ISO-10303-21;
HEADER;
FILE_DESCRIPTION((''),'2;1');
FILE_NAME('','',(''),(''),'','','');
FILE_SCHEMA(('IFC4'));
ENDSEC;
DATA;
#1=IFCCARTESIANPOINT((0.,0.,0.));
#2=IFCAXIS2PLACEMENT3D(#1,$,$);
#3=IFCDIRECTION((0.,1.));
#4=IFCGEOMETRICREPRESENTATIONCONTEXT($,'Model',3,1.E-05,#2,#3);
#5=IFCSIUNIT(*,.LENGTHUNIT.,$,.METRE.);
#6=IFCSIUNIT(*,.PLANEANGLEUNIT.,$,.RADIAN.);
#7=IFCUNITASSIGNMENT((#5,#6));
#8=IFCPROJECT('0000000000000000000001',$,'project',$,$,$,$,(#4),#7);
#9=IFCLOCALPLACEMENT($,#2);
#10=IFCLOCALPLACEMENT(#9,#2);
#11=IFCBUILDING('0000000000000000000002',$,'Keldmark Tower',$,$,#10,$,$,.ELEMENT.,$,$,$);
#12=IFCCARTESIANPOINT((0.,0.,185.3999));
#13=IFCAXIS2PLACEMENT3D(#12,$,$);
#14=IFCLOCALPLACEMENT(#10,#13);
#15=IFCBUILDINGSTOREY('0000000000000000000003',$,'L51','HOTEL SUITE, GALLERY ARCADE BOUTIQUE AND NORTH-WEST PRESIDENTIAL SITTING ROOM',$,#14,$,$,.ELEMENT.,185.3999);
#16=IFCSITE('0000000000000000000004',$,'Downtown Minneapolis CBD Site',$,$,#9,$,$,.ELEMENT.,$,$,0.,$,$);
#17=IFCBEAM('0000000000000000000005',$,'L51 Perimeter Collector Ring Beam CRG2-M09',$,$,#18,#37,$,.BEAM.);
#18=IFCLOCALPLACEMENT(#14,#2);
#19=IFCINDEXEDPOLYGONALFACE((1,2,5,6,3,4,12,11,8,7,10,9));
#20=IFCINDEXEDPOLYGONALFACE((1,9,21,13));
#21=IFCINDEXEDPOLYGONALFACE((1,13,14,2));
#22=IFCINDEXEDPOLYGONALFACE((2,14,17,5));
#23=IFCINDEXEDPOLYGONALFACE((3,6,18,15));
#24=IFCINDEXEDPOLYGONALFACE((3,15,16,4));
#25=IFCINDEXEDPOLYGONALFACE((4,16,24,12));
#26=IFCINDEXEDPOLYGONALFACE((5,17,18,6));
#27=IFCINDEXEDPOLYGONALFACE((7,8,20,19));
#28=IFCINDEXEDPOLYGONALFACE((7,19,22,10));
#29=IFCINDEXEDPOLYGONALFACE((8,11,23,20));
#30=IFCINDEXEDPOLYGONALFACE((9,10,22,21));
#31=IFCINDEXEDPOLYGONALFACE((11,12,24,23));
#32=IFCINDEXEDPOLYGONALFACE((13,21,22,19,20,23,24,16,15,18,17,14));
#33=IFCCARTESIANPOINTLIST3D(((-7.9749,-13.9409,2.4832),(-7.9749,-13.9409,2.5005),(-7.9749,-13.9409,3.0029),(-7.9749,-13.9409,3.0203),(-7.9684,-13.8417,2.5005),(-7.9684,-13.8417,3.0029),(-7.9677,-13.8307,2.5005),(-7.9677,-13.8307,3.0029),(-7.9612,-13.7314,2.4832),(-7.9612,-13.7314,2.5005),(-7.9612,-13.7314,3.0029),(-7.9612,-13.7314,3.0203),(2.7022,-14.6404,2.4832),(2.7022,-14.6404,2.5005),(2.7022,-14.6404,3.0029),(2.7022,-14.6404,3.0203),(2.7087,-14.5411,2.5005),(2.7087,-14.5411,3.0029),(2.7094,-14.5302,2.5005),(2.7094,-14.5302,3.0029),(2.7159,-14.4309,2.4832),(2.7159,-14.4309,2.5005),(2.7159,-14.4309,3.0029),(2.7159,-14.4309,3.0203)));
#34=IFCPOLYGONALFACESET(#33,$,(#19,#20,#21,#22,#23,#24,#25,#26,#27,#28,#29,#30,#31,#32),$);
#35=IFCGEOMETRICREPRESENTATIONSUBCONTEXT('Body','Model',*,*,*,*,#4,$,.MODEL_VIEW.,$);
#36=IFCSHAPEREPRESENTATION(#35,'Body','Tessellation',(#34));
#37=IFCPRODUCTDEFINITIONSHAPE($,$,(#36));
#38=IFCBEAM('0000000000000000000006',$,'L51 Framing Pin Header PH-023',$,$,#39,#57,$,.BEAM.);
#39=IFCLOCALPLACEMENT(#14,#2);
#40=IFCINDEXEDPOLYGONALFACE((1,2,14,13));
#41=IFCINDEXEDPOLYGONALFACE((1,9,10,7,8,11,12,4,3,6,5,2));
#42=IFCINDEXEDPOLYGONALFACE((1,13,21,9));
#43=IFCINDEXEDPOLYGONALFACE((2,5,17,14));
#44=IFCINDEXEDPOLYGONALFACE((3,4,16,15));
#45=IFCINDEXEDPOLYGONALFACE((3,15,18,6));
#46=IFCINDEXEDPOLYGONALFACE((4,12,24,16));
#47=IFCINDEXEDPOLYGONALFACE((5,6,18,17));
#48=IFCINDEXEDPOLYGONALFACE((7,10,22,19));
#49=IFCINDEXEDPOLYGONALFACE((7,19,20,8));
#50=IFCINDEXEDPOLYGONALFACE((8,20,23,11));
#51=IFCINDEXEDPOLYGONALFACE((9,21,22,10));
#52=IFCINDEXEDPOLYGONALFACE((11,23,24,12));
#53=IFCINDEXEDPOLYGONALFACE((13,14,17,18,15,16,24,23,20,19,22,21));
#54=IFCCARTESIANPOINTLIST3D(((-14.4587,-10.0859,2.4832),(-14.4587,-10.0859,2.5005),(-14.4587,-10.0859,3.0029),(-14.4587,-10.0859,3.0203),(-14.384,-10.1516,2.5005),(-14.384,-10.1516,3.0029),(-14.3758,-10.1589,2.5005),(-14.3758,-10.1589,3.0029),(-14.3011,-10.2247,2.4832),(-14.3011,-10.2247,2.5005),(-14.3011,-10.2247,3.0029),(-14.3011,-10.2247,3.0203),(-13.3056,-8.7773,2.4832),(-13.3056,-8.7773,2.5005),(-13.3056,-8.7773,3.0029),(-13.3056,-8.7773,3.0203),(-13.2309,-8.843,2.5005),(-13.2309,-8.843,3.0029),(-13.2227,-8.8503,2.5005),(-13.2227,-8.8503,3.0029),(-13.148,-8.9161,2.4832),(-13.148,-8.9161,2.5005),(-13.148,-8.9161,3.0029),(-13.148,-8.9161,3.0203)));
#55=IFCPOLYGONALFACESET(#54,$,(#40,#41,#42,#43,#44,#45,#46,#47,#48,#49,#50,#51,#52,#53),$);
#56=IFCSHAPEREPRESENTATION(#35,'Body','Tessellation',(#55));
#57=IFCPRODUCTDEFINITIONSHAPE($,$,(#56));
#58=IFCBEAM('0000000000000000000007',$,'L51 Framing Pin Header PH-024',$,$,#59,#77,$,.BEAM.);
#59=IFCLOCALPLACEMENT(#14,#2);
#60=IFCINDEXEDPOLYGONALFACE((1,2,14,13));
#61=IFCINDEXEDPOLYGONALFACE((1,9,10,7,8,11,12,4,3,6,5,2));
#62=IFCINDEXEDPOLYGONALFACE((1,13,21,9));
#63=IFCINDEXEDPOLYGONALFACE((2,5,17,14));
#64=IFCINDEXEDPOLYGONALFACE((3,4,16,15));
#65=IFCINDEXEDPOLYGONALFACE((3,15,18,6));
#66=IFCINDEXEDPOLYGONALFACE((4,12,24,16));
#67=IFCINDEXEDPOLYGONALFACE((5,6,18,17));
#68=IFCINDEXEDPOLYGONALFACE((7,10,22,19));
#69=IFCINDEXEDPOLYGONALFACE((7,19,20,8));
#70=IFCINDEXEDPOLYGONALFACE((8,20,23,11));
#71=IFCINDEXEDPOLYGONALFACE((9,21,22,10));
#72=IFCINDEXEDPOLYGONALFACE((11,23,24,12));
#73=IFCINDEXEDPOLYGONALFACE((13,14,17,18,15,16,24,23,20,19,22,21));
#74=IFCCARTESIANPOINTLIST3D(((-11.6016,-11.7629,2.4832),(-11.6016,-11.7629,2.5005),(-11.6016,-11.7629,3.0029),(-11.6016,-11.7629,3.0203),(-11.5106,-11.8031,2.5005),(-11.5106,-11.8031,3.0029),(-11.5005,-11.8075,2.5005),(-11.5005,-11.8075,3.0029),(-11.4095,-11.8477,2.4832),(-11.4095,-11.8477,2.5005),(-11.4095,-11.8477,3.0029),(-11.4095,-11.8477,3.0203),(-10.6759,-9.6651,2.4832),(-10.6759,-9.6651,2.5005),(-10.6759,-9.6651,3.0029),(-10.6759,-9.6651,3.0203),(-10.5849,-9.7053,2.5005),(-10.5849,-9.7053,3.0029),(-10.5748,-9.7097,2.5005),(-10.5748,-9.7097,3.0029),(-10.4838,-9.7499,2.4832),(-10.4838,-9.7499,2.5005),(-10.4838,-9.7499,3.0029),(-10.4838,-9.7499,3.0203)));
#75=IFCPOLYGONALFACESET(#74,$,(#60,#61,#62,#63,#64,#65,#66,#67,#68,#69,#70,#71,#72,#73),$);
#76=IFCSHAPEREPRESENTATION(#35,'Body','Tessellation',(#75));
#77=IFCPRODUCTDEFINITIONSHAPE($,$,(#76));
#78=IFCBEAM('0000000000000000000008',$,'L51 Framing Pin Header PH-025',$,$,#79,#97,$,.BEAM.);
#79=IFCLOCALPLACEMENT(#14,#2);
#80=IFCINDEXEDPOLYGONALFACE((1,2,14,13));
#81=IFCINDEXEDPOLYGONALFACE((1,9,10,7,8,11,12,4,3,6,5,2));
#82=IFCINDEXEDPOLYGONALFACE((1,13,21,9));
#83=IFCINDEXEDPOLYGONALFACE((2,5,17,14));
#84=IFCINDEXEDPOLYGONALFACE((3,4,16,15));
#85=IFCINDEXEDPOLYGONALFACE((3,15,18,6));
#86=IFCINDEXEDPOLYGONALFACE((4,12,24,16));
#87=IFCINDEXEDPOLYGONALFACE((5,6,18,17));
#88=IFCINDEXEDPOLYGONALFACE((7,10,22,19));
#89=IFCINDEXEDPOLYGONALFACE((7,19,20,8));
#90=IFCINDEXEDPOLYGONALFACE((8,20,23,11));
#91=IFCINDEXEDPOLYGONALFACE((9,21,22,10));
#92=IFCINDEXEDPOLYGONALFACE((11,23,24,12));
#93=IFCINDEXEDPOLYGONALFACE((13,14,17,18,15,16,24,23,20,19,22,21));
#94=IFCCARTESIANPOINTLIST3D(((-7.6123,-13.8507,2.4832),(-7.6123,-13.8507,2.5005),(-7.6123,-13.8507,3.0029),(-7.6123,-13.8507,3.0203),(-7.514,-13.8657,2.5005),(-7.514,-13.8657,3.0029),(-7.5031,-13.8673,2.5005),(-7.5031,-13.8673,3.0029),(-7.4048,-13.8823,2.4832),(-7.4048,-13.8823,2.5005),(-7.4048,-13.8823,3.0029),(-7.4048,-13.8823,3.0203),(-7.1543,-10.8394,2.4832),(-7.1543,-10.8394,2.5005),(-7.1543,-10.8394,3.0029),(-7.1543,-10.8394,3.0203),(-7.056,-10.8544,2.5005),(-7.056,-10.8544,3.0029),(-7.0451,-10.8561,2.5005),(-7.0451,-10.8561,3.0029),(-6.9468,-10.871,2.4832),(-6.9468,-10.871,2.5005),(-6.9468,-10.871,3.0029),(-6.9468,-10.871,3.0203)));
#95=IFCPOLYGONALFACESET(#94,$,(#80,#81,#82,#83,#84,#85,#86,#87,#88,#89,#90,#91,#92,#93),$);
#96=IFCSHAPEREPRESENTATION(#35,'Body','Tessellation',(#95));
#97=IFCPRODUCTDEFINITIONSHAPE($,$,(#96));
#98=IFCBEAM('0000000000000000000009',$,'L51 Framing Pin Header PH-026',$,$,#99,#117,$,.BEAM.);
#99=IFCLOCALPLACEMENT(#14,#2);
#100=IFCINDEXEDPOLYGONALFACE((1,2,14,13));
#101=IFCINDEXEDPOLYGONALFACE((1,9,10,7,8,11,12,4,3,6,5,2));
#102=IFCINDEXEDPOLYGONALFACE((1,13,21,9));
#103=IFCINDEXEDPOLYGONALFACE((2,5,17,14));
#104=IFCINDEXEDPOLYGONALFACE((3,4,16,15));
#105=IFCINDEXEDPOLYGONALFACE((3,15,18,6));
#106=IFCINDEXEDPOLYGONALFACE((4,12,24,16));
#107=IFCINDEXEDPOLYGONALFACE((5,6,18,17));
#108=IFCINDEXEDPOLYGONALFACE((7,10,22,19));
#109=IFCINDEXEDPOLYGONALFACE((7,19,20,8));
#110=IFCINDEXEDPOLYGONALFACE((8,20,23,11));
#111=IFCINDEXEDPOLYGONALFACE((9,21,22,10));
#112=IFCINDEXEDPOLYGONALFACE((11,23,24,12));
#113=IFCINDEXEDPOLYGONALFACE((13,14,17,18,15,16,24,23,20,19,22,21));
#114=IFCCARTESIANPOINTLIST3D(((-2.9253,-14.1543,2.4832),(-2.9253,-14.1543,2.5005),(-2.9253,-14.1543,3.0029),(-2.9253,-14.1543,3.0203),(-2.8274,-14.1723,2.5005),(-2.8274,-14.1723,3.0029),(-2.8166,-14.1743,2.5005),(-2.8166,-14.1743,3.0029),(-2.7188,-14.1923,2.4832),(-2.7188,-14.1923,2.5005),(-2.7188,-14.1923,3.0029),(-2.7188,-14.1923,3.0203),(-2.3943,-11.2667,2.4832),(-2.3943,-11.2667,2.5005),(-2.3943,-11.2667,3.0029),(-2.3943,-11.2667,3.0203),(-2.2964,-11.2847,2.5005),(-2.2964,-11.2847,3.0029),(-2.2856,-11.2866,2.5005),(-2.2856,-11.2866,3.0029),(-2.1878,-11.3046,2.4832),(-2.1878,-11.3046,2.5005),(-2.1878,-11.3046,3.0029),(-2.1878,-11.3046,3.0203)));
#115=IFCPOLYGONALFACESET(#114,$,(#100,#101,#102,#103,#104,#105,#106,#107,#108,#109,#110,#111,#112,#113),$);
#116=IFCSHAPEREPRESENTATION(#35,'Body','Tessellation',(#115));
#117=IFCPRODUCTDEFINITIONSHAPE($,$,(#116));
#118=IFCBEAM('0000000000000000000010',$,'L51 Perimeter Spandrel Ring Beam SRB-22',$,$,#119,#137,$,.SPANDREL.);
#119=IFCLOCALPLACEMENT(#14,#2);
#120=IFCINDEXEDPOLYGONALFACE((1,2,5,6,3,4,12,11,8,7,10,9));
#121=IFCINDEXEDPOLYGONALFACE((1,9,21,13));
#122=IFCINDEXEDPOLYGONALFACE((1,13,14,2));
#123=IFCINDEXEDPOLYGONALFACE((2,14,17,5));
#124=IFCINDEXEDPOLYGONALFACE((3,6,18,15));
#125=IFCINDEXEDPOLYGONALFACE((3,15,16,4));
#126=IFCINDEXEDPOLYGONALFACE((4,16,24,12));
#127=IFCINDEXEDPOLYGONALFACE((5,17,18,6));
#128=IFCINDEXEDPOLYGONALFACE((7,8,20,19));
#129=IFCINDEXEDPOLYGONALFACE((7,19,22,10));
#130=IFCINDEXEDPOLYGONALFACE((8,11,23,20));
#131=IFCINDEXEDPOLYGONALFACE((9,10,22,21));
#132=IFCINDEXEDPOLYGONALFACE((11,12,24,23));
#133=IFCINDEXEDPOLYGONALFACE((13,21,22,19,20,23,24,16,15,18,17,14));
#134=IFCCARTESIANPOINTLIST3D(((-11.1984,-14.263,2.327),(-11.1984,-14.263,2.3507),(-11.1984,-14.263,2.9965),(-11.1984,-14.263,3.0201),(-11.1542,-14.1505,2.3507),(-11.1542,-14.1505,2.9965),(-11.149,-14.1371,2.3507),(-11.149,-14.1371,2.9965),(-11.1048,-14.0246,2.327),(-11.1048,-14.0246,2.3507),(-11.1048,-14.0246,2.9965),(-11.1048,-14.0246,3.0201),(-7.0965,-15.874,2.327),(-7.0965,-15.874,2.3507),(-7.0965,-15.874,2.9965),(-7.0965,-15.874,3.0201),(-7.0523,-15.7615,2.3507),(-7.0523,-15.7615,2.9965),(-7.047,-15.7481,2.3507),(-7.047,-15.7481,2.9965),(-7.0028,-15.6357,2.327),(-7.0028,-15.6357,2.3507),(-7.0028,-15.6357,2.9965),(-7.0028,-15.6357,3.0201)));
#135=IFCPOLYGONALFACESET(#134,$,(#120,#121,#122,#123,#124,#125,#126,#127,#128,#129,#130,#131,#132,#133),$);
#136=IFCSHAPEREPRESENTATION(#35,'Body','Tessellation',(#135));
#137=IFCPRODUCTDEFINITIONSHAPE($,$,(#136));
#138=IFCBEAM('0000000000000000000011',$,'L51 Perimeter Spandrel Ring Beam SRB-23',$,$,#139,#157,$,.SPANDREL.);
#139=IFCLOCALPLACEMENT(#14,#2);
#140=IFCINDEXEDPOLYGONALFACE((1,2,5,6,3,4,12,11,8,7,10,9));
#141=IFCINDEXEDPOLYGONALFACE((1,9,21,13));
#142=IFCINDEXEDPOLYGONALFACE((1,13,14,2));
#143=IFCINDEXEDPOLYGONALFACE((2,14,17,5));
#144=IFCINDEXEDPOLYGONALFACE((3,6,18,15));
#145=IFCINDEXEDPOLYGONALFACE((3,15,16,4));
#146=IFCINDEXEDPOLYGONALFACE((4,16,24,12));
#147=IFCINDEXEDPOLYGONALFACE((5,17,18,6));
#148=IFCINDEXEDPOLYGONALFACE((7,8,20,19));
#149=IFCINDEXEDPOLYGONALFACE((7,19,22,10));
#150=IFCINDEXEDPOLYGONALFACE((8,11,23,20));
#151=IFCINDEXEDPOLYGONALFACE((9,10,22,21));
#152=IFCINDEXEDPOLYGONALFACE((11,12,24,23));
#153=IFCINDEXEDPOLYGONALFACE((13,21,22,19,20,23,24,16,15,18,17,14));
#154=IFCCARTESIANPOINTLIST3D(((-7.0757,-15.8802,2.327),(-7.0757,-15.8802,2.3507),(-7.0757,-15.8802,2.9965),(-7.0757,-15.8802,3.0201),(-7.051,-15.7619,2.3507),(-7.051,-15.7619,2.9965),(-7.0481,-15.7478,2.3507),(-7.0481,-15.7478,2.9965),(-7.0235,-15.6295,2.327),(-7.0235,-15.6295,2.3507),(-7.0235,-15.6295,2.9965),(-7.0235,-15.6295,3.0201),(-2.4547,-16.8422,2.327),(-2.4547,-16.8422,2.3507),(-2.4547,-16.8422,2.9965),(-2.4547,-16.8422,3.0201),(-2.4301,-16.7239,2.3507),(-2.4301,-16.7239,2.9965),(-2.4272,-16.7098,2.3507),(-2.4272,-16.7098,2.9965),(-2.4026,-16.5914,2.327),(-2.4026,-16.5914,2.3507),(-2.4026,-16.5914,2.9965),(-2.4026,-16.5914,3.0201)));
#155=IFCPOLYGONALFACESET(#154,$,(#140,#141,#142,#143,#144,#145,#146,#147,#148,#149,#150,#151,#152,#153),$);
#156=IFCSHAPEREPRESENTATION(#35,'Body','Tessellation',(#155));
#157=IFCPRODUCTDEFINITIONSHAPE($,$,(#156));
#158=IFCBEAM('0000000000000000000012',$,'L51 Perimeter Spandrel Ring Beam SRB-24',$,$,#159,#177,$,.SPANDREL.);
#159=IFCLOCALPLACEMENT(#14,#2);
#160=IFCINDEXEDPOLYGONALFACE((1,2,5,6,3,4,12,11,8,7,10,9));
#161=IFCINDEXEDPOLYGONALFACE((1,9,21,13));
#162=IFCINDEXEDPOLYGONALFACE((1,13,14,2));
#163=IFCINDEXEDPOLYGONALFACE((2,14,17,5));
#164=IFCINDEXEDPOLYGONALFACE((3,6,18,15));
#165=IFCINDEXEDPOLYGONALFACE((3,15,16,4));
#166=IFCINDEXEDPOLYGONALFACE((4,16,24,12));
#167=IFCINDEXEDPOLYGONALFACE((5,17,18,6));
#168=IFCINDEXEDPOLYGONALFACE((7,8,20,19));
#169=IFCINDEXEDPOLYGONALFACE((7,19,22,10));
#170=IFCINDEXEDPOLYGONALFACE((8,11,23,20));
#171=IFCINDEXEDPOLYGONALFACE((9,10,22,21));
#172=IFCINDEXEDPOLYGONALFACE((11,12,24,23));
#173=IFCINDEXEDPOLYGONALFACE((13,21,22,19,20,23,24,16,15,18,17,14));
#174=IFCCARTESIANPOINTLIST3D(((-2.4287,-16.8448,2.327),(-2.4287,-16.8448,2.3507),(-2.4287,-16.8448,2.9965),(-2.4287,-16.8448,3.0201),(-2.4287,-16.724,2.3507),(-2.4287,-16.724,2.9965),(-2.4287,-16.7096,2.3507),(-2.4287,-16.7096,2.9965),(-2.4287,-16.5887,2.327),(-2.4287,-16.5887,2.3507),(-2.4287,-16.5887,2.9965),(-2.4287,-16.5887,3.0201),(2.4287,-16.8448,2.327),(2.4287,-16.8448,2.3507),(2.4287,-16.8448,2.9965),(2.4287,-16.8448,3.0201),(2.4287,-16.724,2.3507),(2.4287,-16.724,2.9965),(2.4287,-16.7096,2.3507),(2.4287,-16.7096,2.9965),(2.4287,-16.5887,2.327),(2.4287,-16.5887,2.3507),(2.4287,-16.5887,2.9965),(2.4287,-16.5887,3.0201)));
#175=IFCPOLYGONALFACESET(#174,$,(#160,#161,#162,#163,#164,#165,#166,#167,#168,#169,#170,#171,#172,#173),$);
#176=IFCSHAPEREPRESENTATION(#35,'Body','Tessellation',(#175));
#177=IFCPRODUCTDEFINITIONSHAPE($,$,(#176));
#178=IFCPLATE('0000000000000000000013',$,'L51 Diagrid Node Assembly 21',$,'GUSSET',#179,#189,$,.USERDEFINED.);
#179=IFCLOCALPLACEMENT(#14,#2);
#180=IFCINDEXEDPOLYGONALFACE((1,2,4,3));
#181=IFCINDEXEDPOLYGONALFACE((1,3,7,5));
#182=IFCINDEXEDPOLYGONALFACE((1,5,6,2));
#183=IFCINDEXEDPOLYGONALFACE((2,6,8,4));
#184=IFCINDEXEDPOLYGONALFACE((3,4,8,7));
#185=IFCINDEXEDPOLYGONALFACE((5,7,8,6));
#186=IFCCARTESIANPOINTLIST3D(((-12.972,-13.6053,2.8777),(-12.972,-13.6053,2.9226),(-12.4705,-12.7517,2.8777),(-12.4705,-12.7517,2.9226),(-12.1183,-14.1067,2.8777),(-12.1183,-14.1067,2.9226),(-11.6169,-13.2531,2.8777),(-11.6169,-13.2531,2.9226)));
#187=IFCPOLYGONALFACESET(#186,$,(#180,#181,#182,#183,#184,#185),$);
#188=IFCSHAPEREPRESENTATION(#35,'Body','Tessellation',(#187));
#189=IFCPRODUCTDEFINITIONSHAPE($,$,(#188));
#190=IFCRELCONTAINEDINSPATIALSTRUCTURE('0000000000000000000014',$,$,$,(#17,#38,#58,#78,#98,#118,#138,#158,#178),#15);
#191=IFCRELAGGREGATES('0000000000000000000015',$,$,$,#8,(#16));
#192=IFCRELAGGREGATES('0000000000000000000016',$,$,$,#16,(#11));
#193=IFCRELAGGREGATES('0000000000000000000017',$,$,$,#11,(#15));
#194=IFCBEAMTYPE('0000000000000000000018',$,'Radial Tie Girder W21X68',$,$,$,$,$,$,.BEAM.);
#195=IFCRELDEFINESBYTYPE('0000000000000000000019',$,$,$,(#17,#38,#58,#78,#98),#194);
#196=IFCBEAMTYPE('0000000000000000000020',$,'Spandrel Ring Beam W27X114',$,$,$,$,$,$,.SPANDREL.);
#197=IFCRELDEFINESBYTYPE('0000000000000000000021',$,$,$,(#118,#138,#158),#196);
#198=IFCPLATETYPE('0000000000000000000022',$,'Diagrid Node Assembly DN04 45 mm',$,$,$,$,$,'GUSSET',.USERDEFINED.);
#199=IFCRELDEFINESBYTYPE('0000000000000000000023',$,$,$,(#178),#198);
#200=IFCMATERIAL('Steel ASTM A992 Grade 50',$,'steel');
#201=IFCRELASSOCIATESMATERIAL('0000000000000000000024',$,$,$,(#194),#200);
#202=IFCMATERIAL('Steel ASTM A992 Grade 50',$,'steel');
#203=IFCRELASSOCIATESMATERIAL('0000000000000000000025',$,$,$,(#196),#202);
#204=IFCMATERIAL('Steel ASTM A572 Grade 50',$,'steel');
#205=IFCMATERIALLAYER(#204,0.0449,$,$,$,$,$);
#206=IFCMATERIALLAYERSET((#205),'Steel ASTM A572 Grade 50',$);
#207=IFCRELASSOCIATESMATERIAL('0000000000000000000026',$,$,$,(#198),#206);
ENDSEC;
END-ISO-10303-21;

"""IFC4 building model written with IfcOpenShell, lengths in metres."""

from ifc_helpers import new_model, si_unit, direction, frame, origin, origin_2d, place, context, subcontext, project, spatial, rectangle, i_section, extrude, material, layer, layer_set, material_profile, profile_set, type_object, element, save


model = new_model("IFC4")

# Units and contexts
model_context = context("Model", 3, precision=1e-05, world=origin(), true_north=direction((0.0, 1.0)))
body_context = subcontext(model_context, "Body", "Model", "MODEL_VIEW")
ifc_project = project(units=[si_unit("LENGTHUNIT", "METRE"), si_unit("PLANEANGLEUNIT", "RADIAN")], contexts=[model_context])

# Site, building, storey
site_placement = place(None, origin())
site = spatial("IfcSite", under=ifc_project, at=site_placement, Name="Downtown Minneapolis CBD Site", CompositionType="ELEMENT", RefElevation=0.0)
building_placement = place(site_placement, origin())
building = spatial("IfcBuilding", under=site, at=building_placement, Name="Keldmark Tower", CompositionType="ELEMENT")
storey_placement = place(building_placement, frame((0.0, 0.0, 185.3999)))
storey = spatial("IfcBuildingStorey", under=building, at=storey_placement, Name="L51", Description="HOTEL SUITE, GALLERY ARCADE BOUTIQUE AND NORTH-WEST PRESIDENTIAL SITTING ROOM", CompositionType="ELEMENT", Elevation=185.3999)

# Beams
ifc_material_1 = material(Name="Steel ASTM A992 Grade 50", Category="steel")
ifc_material_profile_1 = material_profile(ifc_material_1, i_section(OverallWidth=0.21, OverallDepth=0.5371, WebThickness=0.011, FlangeThickness=0.0173, at=origin_2d()), Name="W21X68")
ifc_profile_set_1 = profile_set([ifc_material_profile_1], Name="Steel ASTM A992 Grade 50")
beam_type_1 = type_object("IfcBeamType", Name="Radial Tie Girder W21X68", PredefinedType="BEAM", material=ifc_profile_set_1)
beam_1_placement = place(storey_placement, frame((-7.968, -13.8362, 2.7517), z_axis=(0.997861, -0.065371, 0.0), x_axis=(0.065371, 0.997861, 0.0)))
element("IfcBeam", 1, at=beam_1_placement, inside=storey, type_object=beam_type_1, Name="L51 Perimeter Collector Ring Beam CRG2-M09", PredefinedType="BEAM", context=body_context, shape_type="SweptSolid", body=[
    extrude(i_section(OverallWidth=0.21, OverallDepth=0.5371, WebThickness=0.011, FlangeThickness=0.0173, at=origin_2d()), origin(), (0.0, 0.0, 1.0), 10.7),
])
beam_2_placement = place(storey_placement, frame((-13.2268, -8.8467, 2.7517), z_axis=(-0.661117, -0.750283, 0.0), x_axis=(0.750283, -0.661117, 0.0)))
element("IfcBeam", 2, at=beam_2_placement, inside=storey, type_object=beam_type_1, Name="L51 Framing Pin Header PH-023", PredefinedType="BEAM", context=body_context, shape_type="SweptSolid", body=[
    extrude(i_section(OverallWidth=0.21, OverallDepth=0.5371, WebThickness=0.011, FlangeThickness=0.0173, at=origin_2d()), origin(), (0.0, 0.0, 1.0), 1.7441),
])
beam_3_placement = place(storey_placement, frame((-10.5798, -9.7075, 2.7517), z_axis=(-0.403727, -0.91488, 0.0), x_axis=(0.91488, -0.403727, 0.0)))
element("IfcBeam", 3, at=beam_3_placement, inside=storey, type_object=beam_type_1, Name="L51 Framing Pin Header PH-024", PredefinedType="BEAM", context=body_context, shape_type="SweptSolid", body=[
    extrude(i_section(OverallWidth=0.21, OverallDepth=0.5371, WebThickness=0.011, FlangeThickness=0.0173, at=origin_2d()), origin(), (0.0, 0.0, 1.0), 2.293),
])
beam_4_placement = place(storey_placement, frame((-7.0505, -10.8552, 2.7517), z_axis=(-0.15037, -0.98863, 0.0), x_axis=(0.98863, -0.15037, 0.0)))
element("IfcBeam", 4, at=beam_4_placement, inside=storey, type_object=beam_type_1, Name="L51 Framing Pin Header PH-025", PredefinedType="BEAM", context=body_context, shape_type="SweptSolid", body=[
    extrude(i_section(OverallWidth=0.21, OverallDepth=0.5371, WebThickness=0.011, FlangeThickness=0.0173, at=origin_2d()), origin(), (0.0, 0.0, 1.0), 3.0459),
])
beam_5_placement = place(storey_placement, frame((-2.291, -11.2856, 2.7517), z_axis=(-0.180853, -0.98351, 0.0), x_axis=(0.98351, -0.180853, 0.0)))
element("IfcBeam", 5, at=beam_5_placement, inside=storey, type_object=beam_type_1, Name="L51 Framing Pin Header PH-026", PredefinedType="BEAM", context=body_context, shape_type="SweptSolid", body=[
    extrude(i_section(OverallWidth=0.21, OverallDepth=0.5371, WebThickness=0.011, FlangeThickness=0.0173, at=origin_2d()), origin(), (0.0, 0.0, 1.0), 2.936),
])
ifc_material_2 = material(Name="Steel ASTM A992 Grade 50", Category="steel")
ifc_material_profile_2 = material_profile(ifc_material_2, i_section(OverallWidth=0.2561, OverallDepth=0.6931, WebThickness=0.0144, FlangeThickness=0.0237, at=origin_2d()), Name="W27X114")
ifc_profile_set_2 = profile_set([ifc_material_profile_2], Name="Steel ASTM A992 Grade 50")
beam_type_2 = type_object("IfcBeamType", Name="Spandrel Ring Beam W27X114", PredefinedType="SPANDREL", material=ifc_profile_set_2)
beam_6_placement = place(storey_placement, frame((-11.1516, -14.1438, 2.6736), z_axis=(0.930785, -0.365567, 0.0), x_axis=(0.365567, 0.930785, 0.0)))
element("IfcBeam", 6, at=beam_6_placement, inside=storey, type_object=beam_type_2, Name="L51 Perimeter Spandrel Ring Beam SRB-22", PredefinedType="SPANDREL", context=body_context, shape_type="SweptSolid", body=[
    extrude(i_section(OverallWidth=0.2561, OverallDepth=0.6931, WebThickness=0.0144, FlangeThickness=0.0237, at=origin_2d()), origin(), (0.0, 0.0, 1.0), 4.407),
])
beam_7_placement = place(storey_placement, frame((-7.0496, -15.7549, 2.6736), z_axis=(0.979013, -0.203799, 0.0), x_axis=(0.203799, 0.979013, 0.0)))
element("IfcBeam", 7, at=beam_7_placement, inside=storey, type_object=beam_type_2, Name="L51 Perimeter Spandrel Ring Beam SRB-23", PredefinedType="SPANDREL", context=body_context, shape_type="SweptSolid", body=[
    extrude(i_section(OverallWidth=0.2561, OverallDepth=0.6931, WebThickness=0.0144, FlangeThickness=0.0237, at=origin_2d()), origin(), (0.0, 0.0, 1.0), 4.72),
])
beam_8_placement = place(storey_placement, frame((-2.4287, -16.7168, 2.6736), z_axis=(1.0, 0.0, 0.0), x_axis=(0.0, 1.0, 0.0)))
element("IfcBeam", 8, at=beam_8_placement, inside=storey, type_object=beam_type_2, Name="L51 Perimeter Spandrel Ring Beam SRB-24", PredefinedType="SPANDREL", context=body_context, shape_type="SweptSolid", body=[
    extrude(i_section(OverallWidth=0.2561, OverallDepth=0.6931, WebThickness=0.0144, FlangeThickness=0.0237, at=origin_2d()), origin(), (0.0, 0.0, 1.0), 4.8574),
])

# Plate
ifc_material_3 = material(Name="Steel ASTM A572 Grade 50", Category="steel")
ifc_layer_1 = layer(ifc_material_3, 0.0449)
ifc_layer_set_1 = layer_set([ifc_layer_1], Name="Steel ASTM A572 Grade 50")
plate_type = type_object("IfcPlateType", Name="Diagrid Node Assembly DN04 45 mm", ElementType="GUSSET", PredefinedType="USERDEFINED", material=ifc_layer_set_1)
for number, where, z_axis, x_axis, name in (
    (9, (-12.2944, -13.4292, 2.8777), (0.0, 0.0, 1.0), (0.862249, -0.506485, 0.0), "L51 Diagrid Node Assembly 21"),
):
    element("IfcPlate", number, at=place(storey_placement, frame(where, z_axis=z_axis, x_axis=x_axis)), inside=storey, type_object=plate_type, Name=name, ObjectType="GUSSET", PredefinedType="USERDEFINED", context=body_context, shape_type="SweptSolid", body=[
        extrude(rectangle(XDim=0.99, YDim=0.99, at=origin_2d()), origin(), (0.0, 0.0, 1.0), 0.0449),
    ])

save(model, "model.ifc")
